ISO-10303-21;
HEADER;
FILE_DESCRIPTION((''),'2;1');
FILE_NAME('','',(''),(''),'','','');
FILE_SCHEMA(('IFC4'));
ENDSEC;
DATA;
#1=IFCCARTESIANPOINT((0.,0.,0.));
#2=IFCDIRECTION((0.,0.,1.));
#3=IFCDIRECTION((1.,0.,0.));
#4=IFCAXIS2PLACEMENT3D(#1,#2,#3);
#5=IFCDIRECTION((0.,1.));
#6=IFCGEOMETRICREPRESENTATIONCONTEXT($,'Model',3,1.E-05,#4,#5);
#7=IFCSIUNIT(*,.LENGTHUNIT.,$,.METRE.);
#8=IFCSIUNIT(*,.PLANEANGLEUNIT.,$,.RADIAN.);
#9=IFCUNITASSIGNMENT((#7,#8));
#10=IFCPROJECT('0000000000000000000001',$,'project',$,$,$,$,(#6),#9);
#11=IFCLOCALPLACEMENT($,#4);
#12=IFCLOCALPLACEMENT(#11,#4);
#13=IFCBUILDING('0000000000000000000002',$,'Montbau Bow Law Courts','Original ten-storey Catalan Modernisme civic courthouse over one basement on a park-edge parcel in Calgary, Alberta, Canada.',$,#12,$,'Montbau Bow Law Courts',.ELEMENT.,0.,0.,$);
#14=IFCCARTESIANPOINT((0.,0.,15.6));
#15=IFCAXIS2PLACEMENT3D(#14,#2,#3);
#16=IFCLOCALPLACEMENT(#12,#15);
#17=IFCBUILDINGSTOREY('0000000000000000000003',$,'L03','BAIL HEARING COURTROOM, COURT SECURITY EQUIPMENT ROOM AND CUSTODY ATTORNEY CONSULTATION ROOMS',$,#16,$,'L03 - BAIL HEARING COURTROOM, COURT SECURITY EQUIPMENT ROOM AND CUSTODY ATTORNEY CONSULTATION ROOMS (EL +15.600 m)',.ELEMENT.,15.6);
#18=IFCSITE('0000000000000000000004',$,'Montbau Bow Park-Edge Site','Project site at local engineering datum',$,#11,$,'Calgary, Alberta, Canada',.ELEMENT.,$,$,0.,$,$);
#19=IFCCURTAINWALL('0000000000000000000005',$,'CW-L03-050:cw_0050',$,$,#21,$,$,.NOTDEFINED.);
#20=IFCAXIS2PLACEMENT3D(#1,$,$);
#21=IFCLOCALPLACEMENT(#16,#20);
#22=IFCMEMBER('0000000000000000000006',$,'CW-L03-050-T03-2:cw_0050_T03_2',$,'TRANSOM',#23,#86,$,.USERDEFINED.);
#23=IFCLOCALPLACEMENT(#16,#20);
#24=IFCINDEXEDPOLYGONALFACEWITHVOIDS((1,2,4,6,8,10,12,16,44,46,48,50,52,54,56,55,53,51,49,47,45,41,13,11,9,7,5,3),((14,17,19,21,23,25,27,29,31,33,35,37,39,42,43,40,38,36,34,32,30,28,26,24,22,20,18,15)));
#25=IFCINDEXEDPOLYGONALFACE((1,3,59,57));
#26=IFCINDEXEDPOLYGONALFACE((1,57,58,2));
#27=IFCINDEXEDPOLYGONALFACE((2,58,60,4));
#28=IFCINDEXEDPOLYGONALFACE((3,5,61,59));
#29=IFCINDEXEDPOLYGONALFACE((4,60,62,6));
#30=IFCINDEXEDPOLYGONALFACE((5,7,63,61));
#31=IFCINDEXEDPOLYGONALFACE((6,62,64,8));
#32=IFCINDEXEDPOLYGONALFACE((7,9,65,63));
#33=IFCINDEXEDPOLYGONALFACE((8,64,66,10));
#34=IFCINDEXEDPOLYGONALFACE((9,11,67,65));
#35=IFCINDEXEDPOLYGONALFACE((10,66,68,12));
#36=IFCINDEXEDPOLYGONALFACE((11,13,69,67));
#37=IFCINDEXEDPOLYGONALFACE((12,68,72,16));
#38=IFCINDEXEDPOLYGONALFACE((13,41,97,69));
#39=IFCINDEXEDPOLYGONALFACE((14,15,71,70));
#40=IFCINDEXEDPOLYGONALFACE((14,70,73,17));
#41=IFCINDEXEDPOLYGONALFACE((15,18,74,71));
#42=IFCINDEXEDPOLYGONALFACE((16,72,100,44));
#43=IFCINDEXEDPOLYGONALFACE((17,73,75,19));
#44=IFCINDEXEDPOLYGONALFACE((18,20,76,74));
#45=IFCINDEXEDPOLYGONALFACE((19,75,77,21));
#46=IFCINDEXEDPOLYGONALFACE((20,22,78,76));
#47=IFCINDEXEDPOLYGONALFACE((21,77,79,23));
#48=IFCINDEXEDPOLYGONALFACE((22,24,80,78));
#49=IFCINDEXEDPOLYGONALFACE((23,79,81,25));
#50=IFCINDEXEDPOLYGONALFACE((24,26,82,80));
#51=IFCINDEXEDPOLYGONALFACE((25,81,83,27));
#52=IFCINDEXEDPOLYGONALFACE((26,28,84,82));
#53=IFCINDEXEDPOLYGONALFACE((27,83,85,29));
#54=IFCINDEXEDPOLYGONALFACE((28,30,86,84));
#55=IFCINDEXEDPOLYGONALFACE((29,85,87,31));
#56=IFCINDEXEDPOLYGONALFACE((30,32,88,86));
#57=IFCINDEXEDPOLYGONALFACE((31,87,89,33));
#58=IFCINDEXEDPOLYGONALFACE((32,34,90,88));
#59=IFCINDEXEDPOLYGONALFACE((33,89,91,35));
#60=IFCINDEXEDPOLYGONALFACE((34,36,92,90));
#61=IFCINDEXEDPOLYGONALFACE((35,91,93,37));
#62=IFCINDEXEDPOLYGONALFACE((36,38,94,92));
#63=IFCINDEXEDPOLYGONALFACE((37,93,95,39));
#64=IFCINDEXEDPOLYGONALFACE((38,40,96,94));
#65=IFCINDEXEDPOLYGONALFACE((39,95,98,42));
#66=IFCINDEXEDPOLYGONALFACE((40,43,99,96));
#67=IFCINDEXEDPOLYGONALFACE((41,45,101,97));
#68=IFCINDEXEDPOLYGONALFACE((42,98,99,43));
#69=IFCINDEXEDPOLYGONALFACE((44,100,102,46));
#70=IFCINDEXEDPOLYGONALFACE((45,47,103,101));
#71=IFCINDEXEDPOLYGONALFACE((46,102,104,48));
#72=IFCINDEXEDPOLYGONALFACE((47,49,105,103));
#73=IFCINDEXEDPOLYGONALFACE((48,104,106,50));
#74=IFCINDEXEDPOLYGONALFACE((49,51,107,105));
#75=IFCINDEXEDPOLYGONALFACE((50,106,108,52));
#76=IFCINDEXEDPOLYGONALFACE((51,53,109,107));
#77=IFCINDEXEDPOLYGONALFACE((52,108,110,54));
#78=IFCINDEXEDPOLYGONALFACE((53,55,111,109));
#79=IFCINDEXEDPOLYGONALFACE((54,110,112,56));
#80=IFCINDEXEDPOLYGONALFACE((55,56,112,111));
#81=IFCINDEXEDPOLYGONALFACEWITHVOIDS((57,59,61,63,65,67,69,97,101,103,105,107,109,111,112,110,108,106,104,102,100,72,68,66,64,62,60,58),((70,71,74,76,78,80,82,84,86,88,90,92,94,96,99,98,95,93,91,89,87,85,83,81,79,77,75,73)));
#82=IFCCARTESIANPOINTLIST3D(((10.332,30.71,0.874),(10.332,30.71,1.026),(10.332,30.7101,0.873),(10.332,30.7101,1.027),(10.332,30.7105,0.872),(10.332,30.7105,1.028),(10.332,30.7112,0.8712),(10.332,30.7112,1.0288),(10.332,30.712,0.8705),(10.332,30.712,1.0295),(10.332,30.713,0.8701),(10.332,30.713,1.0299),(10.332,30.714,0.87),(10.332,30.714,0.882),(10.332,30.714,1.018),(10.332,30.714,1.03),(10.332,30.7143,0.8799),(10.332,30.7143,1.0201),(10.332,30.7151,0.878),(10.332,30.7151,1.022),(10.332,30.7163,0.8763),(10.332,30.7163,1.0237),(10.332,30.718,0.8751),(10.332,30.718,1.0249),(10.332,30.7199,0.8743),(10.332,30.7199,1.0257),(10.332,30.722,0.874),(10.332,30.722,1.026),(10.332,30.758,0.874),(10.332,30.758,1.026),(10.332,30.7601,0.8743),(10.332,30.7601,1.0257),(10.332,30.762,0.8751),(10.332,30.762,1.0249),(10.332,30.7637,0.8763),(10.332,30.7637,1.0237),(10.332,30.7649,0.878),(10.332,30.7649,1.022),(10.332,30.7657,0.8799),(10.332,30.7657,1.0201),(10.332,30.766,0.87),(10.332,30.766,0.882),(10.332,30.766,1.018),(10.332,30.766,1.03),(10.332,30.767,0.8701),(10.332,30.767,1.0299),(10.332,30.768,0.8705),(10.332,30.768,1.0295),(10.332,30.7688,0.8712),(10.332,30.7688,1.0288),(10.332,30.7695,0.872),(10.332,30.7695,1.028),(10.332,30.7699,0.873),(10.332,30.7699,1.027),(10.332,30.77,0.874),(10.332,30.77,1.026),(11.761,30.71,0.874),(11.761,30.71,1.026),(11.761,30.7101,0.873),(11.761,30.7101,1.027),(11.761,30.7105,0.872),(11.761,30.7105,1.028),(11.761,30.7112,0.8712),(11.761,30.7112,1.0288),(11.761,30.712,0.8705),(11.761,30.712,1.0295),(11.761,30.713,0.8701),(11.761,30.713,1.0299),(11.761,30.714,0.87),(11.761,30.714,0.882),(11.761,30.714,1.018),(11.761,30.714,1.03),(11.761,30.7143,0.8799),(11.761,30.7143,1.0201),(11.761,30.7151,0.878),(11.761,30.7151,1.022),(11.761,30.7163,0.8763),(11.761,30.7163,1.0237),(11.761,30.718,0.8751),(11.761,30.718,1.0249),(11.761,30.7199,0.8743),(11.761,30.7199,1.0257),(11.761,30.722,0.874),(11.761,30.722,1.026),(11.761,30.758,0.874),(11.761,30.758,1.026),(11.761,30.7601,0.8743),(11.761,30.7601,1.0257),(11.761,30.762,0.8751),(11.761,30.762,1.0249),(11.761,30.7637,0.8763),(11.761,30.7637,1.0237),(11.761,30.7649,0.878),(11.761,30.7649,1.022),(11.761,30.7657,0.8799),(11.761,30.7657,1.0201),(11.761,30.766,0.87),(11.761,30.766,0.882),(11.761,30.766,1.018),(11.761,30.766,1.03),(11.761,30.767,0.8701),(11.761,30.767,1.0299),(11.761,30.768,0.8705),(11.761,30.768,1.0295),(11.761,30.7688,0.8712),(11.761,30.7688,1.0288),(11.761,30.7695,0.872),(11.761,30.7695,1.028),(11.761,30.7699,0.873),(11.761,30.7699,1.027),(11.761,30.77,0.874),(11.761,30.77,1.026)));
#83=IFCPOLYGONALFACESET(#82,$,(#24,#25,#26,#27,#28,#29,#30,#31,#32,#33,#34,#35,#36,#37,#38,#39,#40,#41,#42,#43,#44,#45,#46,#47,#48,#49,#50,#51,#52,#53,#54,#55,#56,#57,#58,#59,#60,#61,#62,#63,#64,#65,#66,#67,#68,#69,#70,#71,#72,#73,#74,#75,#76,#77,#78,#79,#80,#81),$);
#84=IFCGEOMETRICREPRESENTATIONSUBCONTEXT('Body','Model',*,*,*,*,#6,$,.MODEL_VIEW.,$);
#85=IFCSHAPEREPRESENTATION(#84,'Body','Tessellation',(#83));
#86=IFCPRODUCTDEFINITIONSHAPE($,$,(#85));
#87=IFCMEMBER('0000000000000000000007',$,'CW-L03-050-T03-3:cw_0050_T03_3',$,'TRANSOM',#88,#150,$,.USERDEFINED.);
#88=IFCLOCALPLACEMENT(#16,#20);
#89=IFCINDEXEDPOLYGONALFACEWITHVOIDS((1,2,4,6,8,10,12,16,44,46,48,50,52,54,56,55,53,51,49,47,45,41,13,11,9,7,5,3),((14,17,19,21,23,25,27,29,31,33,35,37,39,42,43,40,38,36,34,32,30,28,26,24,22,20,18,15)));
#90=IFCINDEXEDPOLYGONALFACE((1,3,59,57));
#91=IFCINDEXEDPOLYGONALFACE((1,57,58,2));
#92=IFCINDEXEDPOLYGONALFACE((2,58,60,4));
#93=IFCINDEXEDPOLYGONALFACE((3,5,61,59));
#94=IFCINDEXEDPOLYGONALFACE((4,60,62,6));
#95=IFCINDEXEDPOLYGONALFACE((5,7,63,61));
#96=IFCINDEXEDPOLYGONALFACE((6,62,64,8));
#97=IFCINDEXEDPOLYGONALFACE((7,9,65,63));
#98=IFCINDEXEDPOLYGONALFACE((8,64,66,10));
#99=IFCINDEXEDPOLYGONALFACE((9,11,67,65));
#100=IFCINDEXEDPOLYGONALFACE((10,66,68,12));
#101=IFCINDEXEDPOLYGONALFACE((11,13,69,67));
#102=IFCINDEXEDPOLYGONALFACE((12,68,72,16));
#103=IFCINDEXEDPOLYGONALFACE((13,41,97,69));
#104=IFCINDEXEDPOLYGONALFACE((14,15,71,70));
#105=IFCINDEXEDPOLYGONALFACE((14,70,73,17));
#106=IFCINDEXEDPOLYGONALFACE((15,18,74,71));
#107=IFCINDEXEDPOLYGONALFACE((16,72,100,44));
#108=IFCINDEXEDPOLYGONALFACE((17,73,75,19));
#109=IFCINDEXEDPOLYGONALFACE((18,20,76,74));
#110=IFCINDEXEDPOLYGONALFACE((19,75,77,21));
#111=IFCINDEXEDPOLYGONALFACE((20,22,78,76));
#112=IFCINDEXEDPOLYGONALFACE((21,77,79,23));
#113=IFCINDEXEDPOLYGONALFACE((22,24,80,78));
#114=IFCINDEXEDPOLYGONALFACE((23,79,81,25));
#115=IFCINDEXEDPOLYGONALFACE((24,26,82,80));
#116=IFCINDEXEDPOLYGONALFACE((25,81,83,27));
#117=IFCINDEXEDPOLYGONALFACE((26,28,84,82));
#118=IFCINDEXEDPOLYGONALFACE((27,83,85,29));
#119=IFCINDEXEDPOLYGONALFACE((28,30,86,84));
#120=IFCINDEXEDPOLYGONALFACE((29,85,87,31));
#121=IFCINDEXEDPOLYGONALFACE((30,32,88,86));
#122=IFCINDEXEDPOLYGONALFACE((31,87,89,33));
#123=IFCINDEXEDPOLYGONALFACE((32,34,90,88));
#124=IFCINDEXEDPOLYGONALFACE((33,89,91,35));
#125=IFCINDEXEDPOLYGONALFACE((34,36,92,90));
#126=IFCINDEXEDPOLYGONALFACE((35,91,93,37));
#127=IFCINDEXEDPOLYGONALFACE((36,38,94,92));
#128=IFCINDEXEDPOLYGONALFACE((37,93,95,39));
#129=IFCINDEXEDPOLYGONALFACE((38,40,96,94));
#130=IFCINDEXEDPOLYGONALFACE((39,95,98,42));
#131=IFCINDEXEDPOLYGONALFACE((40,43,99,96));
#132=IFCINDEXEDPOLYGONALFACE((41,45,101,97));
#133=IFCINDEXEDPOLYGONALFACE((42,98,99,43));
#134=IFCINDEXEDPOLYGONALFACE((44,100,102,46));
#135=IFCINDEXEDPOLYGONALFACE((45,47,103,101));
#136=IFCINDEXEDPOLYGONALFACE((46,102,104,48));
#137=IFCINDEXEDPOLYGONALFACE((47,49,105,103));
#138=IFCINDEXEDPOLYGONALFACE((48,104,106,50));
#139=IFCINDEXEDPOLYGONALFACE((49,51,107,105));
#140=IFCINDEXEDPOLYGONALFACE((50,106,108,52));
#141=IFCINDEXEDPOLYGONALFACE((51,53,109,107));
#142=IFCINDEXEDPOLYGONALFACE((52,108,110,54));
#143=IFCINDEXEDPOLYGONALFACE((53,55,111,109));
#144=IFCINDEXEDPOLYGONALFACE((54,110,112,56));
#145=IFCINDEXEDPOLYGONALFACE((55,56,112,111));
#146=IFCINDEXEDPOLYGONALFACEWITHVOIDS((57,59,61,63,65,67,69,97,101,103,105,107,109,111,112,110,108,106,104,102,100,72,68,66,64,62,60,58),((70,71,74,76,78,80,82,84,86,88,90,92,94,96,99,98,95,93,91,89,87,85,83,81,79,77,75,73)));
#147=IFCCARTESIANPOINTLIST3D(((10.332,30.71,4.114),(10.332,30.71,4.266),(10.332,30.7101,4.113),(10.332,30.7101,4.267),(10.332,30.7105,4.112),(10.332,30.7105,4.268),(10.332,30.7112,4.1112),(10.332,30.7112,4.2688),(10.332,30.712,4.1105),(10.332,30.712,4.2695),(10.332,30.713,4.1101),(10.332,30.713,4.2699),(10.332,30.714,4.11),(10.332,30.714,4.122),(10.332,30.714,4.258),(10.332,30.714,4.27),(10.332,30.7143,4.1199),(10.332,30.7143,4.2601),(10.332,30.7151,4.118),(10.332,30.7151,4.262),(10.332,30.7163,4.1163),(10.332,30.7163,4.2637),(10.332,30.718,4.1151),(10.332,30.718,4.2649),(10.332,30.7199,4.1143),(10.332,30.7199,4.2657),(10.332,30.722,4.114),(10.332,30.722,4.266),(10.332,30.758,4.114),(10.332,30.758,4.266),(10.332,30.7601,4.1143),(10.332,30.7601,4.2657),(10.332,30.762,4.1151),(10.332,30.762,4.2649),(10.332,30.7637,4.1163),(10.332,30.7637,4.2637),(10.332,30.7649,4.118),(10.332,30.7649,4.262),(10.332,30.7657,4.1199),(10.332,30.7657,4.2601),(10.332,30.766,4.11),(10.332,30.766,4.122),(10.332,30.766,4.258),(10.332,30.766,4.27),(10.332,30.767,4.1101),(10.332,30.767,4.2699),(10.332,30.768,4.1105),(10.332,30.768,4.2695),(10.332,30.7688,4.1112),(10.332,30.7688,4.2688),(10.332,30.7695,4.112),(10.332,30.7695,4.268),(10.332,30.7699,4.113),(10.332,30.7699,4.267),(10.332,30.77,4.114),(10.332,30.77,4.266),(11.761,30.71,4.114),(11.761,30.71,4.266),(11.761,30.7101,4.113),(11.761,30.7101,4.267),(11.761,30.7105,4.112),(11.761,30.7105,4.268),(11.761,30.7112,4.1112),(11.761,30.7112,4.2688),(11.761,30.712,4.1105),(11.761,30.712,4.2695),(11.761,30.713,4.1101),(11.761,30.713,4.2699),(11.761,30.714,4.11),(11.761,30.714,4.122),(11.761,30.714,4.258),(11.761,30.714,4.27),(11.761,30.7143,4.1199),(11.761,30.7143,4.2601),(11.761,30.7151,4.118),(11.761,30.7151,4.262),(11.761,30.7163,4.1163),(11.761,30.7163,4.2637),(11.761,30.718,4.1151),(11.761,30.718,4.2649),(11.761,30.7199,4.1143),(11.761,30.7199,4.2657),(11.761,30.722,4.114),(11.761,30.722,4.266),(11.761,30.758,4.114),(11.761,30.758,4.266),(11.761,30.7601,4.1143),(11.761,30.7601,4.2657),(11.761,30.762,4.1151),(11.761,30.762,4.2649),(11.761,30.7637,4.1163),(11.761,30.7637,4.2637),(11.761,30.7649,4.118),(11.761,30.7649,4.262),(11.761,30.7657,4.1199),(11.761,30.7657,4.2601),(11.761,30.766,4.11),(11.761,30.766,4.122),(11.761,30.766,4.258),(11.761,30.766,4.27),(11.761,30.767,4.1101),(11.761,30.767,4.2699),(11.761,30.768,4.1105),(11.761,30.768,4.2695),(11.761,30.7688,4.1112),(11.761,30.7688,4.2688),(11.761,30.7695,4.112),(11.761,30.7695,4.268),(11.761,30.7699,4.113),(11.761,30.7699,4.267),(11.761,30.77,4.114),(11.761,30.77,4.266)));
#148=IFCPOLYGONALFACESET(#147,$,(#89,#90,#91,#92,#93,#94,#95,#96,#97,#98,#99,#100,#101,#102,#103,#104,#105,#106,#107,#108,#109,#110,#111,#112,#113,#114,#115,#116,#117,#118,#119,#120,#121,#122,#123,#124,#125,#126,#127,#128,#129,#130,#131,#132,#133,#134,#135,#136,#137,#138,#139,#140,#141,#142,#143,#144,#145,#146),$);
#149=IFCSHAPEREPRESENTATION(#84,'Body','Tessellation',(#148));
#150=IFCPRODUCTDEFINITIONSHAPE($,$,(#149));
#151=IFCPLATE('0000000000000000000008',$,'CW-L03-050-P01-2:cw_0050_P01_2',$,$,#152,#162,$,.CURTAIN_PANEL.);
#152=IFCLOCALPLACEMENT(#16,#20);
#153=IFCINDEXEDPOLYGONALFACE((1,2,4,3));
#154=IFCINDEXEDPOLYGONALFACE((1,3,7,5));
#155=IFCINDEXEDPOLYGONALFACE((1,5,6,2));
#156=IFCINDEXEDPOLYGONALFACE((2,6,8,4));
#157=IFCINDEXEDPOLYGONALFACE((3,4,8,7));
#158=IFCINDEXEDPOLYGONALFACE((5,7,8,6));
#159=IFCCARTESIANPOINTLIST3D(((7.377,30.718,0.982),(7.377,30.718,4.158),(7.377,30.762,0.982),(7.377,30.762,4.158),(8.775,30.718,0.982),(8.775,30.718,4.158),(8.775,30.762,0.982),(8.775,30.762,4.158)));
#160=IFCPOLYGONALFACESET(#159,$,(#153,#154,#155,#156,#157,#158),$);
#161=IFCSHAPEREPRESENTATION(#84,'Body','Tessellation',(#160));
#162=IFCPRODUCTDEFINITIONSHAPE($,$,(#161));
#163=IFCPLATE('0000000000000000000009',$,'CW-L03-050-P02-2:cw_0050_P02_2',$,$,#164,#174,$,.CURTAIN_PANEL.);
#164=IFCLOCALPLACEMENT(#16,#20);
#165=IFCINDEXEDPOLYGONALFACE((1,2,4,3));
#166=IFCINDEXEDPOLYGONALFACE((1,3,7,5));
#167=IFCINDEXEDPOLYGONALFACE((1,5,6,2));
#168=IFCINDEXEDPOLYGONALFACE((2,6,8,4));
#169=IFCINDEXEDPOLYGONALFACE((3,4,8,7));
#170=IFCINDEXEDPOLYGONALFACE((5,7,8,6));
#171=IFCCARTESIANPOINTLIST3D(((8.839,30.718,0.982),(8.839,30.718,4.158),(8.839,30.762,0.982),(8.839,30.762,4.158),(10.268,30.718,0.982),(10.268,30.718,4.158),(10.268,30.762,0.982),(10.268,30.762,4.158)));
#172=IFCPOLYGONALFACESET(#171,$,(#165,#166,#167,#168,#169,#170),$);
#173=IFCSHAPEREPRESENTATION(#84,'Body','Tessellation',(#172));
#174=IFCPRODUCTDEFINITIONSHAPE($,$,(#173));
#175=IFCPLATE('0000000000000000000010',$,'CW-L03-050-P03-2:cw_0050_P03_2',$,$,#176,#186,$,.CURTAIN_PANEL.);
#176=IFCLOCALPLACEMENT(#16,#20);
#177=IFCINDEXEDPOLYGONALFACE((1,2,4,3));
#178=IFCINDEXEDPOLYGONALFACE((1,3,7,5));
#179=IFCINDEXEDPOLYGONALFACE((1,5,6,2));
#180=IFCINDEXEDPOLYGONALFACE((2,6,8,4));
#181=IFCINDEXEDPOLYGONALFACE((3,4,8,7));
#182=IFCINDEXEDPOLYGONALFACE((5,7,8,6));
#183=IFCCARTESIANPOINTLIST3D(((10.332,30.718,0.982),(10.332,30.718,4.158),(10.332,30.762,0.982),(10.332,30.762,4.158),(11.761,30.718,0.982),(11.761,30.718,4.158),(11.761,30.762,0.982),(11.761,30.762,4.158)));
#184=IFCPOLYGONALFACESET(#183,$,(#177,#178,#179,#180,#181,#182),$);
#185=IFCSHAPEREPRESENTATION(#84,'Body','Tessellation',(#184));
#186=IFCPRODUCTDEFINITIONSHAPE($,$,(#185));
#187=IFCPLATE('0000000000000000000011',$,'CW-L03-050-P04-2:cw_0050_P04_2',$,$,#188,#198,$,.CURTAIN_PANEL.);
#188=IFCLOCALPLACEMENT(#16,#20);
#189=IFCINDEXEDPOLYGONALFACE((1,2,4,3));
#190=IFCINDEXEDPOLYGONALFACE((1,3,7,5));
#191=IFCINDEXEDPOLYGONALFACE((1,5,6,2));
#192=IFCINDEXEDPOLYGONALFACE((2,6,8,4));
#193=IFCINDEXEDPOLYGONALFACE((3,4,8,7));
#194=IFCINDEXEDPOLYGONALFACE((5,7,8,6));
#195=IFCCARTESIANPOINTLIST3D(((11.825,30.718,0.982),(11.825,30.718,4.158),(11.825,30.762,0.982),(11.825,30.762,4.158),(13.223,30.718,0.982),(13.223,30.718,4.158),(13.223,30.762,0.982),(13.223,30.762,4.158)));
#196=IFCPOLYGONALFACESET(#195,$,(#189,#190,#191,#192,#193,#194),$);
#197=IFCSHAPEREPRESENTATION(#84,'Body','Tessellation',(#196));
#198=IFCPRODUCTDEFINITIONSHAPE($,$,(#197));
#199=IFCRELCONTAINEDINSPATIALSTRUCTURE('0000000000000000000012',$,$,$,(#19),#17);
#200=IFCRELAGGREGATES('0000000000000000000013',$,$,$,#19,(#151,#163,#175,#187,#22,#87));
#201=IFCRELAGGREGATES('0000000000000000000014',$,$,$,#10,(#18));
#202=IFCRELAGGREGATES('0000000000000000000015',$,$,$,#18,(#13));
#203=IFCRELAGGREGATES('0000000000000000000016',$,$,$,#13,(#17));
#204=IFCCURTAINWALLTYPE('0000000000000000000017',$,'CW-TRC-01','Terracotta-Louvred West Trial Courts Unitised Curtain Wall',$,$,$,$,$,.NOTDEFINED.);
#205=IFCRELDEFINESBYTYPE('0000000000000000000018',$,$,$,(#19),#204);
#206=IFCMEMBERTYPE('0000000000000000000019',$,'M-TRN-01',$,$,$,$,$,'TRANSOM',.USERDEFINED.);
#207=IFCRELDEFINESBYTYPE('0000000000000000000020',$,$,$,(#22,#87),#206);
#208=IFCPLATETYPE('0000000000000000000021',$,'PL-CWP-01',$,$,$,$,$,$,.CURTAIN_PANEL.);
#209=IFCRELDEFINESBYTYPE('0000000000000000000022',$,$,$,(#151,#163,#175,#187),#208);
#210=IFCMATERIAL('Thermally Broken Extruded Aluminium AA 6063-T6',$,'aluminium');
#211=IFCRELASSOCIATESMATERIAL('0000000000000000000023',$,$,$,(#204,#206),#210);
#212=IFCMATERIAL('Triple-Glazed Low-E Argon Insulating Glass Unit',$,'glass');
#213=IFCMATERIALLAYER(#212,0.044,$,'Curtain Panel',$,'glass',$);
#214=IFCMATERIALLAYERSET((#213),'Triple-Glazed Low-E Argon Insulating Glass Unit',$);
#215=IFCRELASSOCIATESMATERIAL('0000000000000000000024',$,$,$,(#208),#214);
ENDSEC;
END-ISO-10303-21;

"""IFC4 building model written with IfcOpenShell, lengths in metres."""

from ifc_helpers import new_model, si_unit, direction, frame, frame_2d, origin_with_axes, origin_2d_with_axis, place, context, subcontext, project, spatial, rectangle, hollow_rectangle, extrude, material, layer, layer_set, material_profile, profile_set, type_object, element, aggregate, save


model = new_model("IFC4")

# Units and contexts
model_context = context("Model", 3, precision=1e-05, world=origin_with_axes(), true_north=direction((0.0, 1.0)))
body_context = subcontext(model_context, "Body", "Model", "MODEL_VIEW")
ifc_project = project(units=[si_unit("LENGTHUNIT", "METRE"), si_unit("PLANEANGLEUNIT", "RADIAN")], contexts=[model_context])

# Site, building, storey
site_placement = place(None, origin_with_axes())
site = spatial("IfcSite", under=ifc_project, at=site_placement, Name="Montbau Bow Park-Edge Site", Description="Project site at local engineering datum", LongName="Calgary, Alberta, Canada", CompositionType="ELEMENT", RefElevation=0.0)
building_placement = place(site_placement, origin_with_axes())
building = spatial("IfcBuilding", under=site, at=building_placement, Name="Montbau Bow Law Courts", Description="Original ten-storey Catalan Modernisme civic courthouse over one basement on a park-edge parcel in Calgary, Alberta, Canada.", LongName="Montbau Bow Law Courts", CompositionType="ELEMENT", ElevationOfRefHeight=0.0, ElevationOfTerrain=0.0)
storey_placement = place(building_placement, frame((0.0, 0.0, 15.6), z_axis=(0.0, 0.0, 1.0), x_axis=(1.0, 0.0, 0.0)))
storey = spatial("IfcBuildingStorey", under=building, at=storey_placement, Name="L03", Description="BAIL HEARING COURTROOM, COURT SECURITY EQUIPMENT ROOM AND CUSTODY ATTORNEY CONSULTATION ROOMS", LongName="L03 - BAIL HEARING COURTROOM, COURT SECURITY EQUIPMENT ROOM AND CUSTODY ATTORNEY CONSULTATION ROOMS (EL +15.600 m)", CompositionType="ELEMENT", Elevation=15.6)

# Curtain wall, members, plates
ifc_material_1 = material(Name="Thermally Broken Extruded Aluminium AA 6063-T6", Category="aluminium")
curtain_wall_type = type_object("IfcCurtainWallType", Name="CW-TRC-01", Description="Terracotta-Louvred West Trial Courts Unitised Curtain Wall", PredefinedType="NOTDEFINED", material=ifc_material_1)
curtain_wall_placement = place(None, frame((7.315, 30.74, 15.6), z_axis=(0.0, 0.0, 1.0), x_axis=(1.0, 0.0, 0.0)))
curtain_wall = element("IfcCurtainWall", 1, at=curtain_wall_placement, inside=storey, type_object=curtain_wall_type, Name="CW-L03-050:cw_0050", PredefinedType="NOTDEFINED")
ifc_material_profile_1 = material_profile(ifc_material_1, hollow_rectangle(XDim=0.06, YDim=0.16, WallThickness=0.004, InnerFilletRadius=0.008, OuterFilletRadius=0.004, at=origin_2d_with_axis()), Name="CWT-160X60", Category="Main", Priority=0)
ifc_profile_set_1 = profile_set([ifc_material_profile_1], Name="Thermally Broken Extruded Aluminium AA 6063-T6")
member_type_1 = type_object("IfcMemberType", Name="M-TRN-01", ElementType="TRANSOM", PredefinedType="USERDEFINED", material=ifc_profile_set_1)
member_1_placement = place(None, frame((10.332, 30.74, 16.55), z_axis=(1.0, 0.0, 0.0), x_axis=(0.0, 1.0, 0.0)))
member_1 = element("IfcMember", 2, at=member_1_placement, type_object=member_type_1, Name="CW-L03-050-T03-2:cw_0050_T03_2", ObjectType="TRANSOM", PredefinedType="USERDEFINED", context=body_context, shape_type="SweptSolid", body=[
    extrude(hollow_rectangle(XDim=0.06, YDim=0.16, WallThickness=0.004, InnerFilletRadius=0.008, OuterFilletRadius=0.004, at=origin_2d_with_axis()), origin_with_axes(), (0.0, 0.0, 1.0), 1.429),
])
member_2_placement = place(None, frame((10.332, 30.74, 19.79), z_axis=(1.0, 0.0, 0.0), x_axis=(0.0, 1.0, 0.0)))
member_2 = element("IfcMember", 3, at=member_2_placement, type_object=member_type_1, Name="CW-L03-050-T03-3:cw_0050_T03_3", ObjectType="TRANSOM", PredefinedType="USERDEFINED", context=body_context, shape_type="SweptSolid", body=[
    extrude(hollow_rectangle(XDim=0.06, YDim=0.16, WallThickness=0.004, InnerFilletRadius=0.008, OuterFilletRadius=0.004, at=origin_2d_with_axis()), origin_with_axes(), (0.0, 0.0, 1.0), 1.429),
])
ifc_material_2 = material(Name="Triple-Glazed Low-E Argon Insulating Glass Unit", Category="glass")
ifc_layer_1 = layer(ifc_material_2, 0.044, Name="Curtain Panel", Category="glass")
ifc_layer_set_1 = layer_set([ifc_layer_1], Name="Triple-Glazed Low-E Argon Insulating Glass Unit")
plate_type_1 = type_object("IfcPlateType", Name="PL-CWP-01", PredefinedType="CURTAIN_PANEL", material=ifc_layer_set_1)
plate_1_placement = place(None, frame((7.377, 30.74, 16.582), z_axis=(0.0, -1.0, 0.0), x_axis=(1.0, 0.0, 0.0)))
plate_1 = element("IfcPlate", 4, at=plate_1_placement, type_object=plate_type_1, Name="CW-L03-050-P01-2:cw_0050_P01_2", PredefinedType="CURTAIN_PANEL", context=body_context, shape_type="SweptSolid", body=[
    extrude(rectangle(XDim=1.398, YDim=3.176, at=frame_2d((0.699, 1.588), x_axis=(1.0, 0.0))), frame((0.0, 0.0, -0.022), z_axis=(0.0, 0.0, 1.0), x_axis=(1.0, 0.0, 0.0)), (0.0, 0.0, 1.0), 0.044),
])
plate_2_placement = place(None, frame((8.839, 30.74, 16.582), z_axis=(0.0, -1.0, 0.0), x_axis=(1.0, 0.0, 0.0)))
plate_2 = element("IfcPlate", 5, at=plate_2_placement, type_object=plate_type_1, Name="CW-L03-050-P02-2:cw_0050_P02_2", PredefinedType="CURTAIN_PANEL", context=body_context, shape_type="SweptSolid", body=[
    extrude(rectangle(XDim=1.429, YDim=3.176, at=frame_2d((0.7145, 1.588), x_axis=(1.0, 0.0))), frame((0.0, 0.0, -0.022), z_axis=(0.0, 0.0, 1.0), x_axis=(1.0, 0.0, 0.0)), (0.0, 0.0, 1.0), 0.044),
])
plate_3_placement = place(None, frame((10.332, 30.74, 16.582), z_axis=(0.0, -1.0, 0.0), x_axis=(1.0, 0.0, 0.0)))
plate_3 = element("IfcPlate", 6, at=plate_3_placement, type_object=plate_type_1, Name="CW-L03-050-P03-2:cw_0050_P03_2", PredefinedType="CURTAIN_PANEL", context=body_context, shape_type="SweptSolid", body=[
    extrude(rectangle(XDim=1.429, YDim=3.176, at=frame_2d((0.7145, 1.588), x_axis=(1.0, 0.0))), frame((0.0, 0.0, -0.022), z_axis=(0.0, 0.0, 1.0), x_axis=(1.0, 0.0, 0.0)), (0.0, 0.0, 1.0), 0.044),
])
plate_4_placement = place(None, frame((11.825, 30.74, 16.582), z_axis=(0.0, -1.0, 0.0), x_axis=(1.0, 0.0, 0.0)))
plate_4 = element("IfcPlate", 7, at=plate_4_placement, type_object=plate_type_1, Name="CW-L03-050-P04-2:cw_0050_P04_2", PredefinedType="CURTAIN_PANEL", context=body_context, shape_type="SweptSolid", body=[
    extrude(rectangle(XDim=1.398, YDim=3.176, at=frame_2d((0.699, 1.588), x_axis=(1.0, 0.0))), frame((0.0, 0.0, -0.022), z_axis=(0.0, 0.0, 1.0), x_axis=(1.0, 0.0, 0.0)), (0.0, 0.0, 1.0), 0.044),
])
aggregate(curtain_wall, [plate_1, plate_2, plate_3, plate_4, member_1, member_2])

save(model, "model.ifc")
